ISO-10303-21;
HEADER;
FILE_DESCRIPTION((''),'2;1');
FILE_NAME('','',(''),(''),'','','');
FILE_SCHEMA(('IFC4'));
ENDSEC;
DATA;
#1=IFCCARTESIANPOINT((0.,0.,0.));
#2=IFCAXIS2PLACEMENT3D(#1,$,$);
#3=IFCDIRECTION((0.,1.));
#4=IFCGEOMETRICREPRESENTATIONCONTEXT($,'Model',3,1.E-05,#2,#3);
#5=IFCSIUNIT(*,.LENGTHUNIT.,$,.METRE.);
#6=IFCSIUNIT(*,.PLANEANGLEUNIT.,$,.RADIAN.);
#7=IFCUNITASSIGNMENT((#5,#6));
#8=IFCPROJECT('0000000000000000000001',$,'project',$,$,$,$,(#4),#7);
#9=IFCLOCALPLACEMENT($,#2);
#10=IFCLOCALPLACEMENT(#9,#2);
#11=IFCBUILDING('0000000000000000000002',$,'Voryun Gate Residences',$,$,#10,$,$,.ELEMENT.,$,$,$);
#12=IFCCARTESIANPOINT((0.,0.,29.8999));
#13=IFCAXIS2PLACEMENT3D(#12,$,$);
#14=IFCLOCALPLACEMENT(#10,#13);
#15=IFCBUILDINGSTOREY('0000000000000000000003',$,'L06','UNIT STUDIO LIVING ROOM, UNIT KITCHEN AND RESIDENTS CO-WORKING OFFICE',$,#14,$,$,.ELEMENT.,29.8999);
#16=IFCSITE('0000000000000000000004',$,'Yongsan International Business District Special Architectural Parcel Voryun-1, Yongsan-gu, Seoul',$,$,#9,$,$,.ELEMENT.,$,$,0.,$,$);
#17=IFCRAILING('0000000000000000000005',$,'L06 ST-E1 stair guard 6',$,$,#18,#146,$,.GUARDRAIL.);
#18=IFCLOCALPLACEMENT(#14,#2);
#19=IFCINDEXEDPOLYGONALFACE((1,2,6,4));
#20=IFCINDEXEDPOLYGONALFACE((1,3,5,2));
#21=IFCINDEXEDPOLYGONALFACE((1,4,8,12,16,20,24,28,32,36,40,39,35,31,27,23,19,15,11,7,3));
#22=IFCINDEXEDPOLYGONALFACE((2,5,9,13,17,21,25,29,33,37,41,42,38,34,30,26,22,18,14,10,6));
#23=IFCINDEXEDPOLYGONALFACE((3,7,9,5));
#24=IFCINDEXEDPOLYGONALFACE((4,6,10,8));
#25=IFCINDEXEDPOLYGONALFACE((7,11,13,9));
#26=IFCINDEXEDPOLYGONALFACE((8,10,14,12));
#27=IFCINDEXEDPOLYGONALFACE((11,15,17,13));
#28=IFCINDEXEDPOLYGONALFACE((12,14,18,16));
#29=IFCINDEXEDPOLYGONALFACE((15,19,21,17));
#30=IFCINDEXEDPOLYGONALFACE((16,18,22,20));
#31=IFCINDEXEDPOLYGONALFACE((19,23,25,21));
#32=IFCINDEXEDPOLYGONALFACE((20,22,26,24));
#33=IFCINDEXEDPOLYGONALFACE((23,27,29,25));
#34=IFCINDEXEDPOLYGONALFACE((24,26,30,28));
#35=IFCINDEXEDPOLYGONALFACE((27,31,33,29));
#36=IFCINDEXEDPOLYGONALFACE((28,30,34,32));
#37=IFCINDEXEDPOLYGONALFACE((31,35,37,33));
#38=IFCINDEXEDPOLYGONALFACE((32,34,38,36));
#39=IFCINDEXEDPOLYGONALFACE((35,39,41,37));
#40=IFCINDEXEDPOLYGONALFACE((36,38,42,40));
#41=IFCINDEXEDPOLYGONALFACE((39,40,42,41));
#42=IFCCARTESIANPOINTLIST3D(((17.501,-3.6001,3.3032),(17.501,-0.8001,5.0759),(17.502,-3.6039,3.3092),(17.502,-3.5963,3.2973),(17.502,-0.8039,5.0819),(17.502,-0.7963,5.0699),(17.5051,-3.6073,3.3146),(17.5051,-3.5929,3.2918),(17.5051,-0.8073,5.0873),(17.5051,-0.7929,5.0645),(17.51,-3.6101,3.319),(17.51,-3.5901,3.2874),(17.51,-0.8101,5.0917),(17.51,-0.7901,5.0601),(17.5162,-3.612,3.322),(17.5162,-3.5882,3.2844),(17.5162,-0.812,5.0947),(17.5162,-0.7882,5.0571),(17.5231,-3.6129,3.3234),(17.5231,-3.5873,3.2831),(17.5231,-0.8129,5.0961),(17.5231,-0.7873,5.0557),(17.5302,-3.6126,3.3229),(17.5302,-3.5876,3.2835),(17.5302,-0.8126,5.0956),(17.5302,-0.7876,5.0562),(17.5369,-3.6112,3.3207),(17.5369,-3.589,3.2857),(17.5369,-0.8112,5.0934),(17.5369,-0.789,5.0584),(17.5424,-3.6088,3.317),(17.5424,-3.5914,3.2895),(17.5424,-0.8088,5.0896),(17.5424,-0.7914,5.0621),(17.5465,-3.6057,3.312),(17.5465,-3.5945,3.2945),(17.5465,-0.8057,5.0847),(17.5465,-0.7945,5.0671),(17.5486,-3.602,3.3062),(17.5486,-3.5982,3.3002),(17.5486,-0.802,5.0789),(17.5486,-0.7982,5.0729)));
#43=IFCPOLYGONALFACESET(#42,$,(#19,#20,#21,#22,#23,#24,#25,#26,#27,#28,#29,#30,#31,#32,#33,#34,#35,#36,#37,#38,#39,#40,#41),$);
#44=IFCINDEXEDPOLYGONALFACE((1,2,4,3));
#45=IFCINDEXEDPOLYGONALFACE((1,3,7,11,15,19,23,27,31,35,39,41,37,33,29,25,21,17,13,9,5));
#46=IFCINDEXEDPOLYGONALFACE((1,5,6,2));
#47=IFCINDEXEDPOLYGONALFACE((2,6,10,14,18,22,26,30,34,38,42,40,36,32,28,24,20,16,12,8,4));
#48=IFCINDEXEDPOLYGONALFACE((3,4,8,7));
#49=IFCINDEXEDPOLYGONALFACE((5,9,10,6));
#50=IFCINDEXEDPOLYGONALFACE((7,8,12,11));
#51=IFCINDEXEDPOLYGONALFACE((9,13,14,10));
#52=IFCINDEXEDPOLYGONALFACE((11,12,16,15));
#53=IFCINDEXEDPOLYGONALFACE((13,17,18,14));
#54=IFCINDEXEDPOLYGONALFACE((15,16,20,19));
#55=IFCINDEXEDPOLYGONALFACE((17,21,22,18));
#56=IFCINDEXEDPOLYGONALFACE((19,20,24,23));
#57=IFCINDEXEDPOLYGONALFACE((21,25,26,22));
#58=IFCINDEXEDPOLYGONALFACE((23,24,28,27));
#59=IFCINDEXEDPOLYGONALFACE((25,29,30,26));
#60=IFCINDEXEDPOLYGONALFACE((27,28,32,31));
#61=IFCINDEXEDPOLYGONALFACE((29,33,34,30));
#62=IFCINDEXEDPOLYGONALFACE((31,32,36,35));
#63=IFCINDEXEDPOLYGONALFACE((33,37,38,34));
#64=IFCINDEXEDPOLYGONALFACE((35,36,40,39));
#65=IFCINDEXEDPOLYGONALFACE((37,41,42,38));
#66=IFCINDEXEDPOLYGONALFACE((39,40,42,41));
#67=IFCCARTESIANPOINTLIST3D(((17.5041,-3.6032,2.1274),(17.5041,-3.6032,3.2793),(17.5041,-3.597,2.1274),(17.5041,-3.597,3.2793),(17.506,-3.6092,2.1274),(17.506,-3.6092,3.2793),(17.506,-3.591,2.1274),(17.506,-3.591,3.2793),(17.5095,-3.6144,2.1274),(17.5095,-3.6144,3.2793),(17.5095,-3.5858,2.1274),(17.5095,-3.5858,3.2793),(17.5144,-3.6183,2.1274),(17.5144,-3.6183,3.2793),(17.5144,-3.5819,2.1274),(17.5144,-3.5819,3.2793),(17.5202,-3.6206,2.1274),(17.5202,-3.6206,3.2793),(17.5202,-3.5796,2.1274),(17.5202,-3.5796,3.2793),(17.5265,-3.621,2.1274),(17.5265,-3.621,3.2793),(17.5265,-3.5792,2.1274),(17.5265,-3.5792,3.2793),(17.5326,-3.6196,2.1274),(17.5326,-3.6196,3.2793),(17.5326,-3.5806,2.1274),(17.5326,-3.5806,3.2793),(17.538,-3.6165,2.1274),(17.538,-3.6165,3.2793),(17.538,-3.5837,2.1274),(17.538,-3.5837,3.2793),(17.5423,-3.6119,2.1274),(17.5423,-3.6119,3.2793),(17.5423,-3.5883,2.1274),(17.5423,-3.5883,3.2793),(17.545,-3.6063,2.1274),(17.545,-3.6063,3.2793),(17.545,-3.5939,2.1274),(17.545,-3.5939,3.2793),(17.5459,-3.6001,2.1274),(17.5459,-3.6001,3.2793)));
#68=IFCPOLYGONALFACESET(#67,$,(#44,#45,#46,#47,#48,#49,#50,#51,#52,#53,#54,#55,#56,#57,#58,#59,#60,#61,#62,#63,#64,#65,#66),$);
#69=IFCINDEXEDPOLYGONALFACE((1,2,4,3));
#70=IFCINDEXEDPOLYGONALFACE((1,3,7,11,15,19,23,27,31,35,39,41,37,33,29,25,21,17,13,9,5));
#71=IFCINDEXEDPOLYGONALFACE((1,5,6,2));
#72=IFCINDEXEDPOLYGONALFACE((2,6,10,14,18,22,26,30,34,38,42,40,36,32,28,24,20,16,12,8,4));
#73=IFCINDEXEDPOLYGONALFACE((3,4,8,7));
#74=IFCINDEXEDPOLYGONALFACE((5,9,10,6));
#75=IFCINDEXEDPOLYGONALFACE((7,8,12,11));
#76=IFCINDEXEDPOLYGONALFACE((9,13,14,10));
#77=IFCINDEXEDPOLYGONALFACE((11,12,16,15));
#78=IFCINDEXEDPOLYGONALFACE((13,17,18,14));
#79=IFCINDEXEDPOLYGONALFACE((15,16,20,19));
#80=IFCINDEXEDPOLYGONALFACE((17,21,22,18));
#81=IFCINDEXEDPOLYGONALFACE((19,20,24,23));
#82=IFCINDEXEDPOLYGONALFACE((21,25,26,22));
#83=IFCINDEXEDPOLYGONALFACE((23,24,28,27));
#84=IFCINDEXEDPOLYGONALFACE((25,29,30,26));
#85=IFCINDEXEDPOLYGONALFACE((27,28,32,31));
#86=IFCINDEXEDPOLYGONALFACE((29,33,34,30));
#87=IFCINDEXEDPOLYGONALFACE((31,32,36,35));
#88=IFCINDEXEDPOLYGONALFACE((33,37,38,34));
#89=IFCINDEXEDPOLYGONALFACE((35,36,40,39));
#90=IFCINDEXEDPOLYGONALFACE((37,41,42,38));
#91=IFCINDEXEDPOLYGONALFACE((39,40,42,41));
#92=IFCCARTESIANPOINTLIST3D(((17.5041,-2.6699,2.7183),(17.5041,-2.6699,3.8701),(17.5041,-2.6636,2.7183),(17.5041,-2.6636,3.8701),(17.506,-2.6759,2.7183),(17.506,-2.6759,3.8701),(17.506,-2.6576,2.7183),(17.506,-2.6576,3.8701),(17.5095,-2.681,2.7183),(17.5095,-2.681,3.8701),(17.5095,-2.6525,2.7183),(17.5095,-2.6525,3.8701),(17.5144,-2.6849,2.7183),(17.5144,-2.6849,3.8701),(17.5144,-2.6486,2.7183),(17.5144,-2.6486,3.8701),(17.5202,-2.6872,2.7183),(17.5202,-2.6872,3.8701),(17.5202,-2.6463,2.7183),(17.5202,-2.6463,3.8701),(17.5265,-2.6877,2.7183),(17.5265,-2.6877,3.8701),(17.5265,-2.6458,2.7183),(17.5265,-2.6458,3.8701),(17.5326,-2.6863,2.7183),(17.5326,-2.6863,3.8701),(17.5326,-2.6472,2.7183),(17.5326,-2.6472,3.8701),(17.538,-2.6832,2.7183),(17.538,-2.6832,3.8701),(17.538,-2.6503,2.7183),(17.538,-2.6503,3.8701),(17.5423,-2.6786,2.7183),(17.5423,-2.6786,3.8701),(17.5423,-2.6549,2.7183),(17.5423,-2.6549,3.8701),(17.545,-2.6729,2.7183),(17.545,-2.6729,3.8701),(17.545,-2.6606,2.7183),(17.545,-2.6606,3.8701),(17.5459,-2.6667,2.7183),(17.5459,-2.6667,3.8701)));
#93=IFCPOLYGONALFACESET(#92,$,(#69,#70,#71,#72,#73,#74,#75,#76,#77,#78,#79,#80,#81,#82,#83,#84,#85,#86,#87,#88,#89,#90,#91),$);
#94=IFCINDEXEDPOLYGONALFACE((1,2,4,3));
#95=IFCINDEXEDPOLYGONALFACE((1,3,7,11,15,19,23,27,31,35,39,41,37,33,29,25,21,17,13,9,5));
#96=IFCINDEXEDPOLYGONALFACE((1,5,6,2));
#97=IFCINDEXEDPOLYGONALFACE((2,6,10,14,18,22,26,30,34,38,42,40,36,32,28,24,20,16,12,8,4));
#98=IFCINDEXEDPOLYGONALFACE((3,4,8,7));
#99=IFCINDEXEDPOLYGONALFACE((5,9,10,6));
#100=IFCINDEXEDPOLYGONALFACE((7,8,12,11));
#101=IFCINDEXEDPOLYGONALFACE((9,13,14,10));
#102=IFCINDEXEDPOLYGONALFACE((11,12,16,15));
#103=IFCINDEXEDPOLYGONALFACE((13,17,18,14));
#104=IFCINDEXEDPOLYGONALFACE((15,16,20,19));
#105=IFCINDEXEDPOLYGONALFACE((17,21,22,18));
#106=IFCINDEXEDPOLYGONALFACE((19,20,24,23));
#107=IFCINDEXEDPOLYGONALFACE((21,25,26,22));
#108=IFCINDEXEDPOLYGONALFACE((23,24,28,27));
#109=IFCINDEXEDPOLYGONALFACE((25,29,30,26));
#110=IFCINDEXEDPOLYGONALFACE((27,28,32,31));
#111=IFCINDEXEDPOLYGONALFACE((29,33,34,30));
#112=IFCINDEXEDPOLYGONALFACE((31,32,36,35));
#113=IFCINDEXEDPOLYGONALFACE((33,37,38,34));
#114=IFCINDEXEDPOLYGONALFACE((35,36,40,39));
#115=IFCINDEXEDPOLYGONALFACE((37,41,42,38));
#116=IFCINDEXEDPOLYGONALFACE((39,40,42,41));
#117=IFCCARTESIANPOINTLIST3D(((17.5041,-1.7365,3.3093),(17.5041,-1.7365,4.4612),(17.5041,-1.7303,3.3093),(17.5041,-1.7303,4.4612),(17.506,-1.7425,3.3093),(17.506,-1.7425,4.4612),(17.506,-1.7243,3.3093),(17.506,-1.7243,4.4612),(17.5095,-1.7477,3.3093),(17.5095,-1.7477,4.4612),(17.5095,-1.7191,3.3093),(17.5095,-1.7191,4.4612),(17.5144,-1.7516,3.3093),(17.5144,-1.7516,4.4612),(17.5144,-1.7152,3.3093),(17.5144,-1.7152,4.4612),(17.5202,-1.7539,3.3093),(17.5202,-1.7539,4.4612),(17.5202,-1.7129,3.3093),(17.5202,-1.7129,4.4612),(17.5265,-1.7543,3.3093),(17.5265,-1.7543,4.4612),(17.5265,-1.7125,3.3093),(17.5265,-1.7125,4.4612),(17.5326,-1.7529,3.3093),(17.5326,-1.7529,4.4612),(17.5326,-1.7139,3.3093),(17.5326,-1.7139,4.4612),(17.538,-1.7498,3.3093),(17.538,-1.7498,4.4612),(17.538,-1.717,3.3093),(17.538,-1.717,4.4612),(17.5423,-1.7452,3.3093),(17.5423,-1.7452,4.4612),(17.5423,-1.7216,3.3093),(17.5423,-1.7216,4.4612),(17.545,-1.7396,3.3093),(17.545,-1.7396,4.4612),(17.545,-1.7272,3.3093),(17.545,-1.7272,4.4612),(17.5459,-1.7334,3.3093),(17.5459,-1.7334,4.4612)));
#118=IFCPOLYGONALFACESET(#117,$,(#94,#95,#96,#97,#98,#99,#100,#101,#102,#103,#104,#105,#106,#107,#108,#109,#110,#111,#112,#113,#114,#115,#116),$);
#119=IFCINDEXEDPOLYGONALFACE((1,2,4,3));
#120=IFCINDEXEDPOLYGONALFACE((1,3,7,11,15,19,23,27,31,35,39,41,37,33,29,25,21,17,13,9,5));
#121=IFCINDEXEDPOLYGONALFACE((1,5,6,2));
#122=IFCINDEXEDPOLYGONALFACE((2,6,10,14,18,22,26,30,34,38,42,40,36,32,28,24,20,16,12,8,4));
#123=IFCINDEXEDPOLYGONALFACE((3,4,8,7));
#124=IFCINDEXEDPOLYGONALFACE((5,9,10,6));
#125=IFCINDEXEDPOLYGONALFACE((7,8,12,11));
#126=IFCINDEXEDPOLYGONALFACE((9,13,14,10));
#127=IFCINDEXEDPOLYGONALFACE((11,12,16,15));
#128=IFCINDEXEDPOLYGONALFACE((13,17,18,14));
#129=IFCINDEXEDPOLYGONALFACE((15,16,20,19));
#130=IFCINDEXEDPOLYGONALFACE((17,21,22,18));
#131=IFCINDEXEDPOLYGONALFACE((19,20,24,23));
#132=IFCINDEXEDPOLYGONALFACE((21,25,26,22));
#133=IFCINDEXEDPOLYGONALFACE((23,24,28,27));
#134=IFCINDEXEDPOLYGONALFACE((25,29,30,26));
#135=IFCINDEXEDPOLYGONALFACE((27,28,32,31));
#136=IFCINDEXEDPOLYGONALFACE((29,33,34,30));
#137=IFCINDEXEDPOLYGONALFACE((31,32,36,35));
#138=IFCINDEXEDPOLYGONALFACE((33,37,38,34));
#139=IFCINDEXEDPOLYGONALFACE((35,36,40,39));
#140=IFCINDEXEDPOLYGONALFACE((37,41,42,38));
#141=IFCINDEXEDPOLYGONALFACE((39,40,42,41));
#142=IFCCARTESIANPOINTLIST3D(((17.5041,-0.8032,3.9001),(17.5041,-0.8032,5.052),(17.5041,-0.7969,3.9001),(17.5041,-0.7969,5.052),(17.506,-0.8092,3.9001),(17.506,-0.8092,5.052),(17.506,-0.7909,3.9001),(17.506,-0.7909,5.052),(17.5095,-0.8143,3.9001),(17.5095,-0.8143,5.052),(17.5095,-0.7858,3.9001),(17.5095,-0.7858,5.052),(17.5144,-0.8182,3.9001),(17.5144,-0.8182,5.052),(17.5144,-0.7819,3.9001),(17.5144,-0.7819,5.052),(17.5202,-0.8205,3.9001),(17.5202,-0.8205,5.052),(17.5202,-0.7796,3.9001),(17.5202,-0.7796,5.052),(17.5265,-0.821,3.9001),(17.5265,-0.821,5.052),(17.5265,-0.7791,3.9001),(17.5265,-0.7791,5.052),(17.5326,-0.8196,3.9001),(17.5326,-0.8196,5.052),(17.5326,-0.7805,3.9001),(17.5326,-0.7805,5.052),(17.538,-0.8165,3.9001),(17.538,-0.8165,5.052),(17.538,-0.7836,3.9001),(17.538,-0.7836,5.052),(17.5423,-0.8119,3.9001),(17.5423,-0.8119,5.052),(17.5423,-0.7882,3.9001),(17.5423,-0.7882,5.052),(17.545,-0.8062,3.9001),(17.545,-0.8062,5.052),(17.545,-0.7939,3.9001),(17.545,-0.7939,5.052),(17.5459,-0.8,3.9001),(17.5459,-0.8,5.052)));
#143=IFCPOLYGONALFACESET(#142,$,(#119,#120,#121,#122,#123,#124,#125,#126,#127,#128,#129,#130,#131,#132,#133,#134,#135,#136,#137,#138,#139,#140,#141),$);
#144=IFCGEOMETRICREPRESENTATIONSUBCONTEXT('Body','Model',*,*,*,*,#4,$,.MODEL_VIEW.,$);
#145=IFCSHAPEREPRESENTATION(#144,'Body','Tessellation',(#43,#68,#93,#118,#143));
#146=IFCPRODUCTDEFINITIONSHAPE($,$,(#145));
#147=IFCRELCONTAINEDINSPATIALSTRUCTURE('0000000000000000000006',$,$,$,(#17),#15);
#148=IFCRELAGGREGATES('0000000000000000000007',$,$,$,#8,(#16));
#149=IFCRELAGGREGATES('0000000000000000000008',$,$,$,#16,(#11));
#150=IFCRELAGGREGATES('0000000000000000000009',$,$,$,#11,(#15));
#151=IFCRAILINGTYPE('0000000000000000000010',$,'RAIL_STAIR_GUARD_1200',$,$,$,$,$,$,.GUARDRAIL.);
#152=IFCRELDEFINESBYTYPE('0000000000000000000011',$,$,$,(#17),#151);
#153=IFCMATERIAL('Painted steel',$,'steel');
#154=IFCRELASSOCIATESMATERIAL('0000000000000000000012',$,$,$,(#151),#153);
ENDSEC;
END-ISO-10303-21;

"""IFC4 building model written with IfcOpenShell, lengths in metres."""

from ifc_helpers import new_model, si_unit, direction, frame, origin, origin_2d, place, context, subcontext, project, spatial, circle, extrude, material, type_object, element, save


model = new_model("IFC4")

# Units and contexts
model_context = context("Model", 3, precision=1e-05, world=origin(), true_north=direction((0.0, 1.0)))
body_context = subcontext(model_context, "Body", "Model", "MODEL_VIEW")
ifc_project = project(units=[si_unit("LENGTHUNIT", "METRE"), si_unit("PLANEANGLEUNIT", "RADIAN")], contexts=[model_context])

# Site, building, storey
site_placement = place(None, origin())
site = spatial("IfcSite", under=ifc_project, at=site_placement, Name="Yongsan International Business District Special Architectural Parcel Voryun-1, Yongsan-gu, Seoul", CompositionType="ELEMENT", RefElevation=0.0)
building_placement = place(site_placement, origin())
building = spatial("IfcBuilding", under=site, at=building_placement, Name="Voryun Gate Residences", CompositionType="ELEMENT")
storey_placement = place(building_placement, frame((0.0, 0.0, 29.8999)))
storey = spatial("IfcBuildingStorey", under=building, at=storey_placement, Name="L06", Description="UNIT STUDIO LIVING ROOM, UNIT KITCHEN AND RESIDENTS CO-WORKING OFFICE", CompositionType="ELEMENT", Elevation=29.8999)

# Railing
ifc_material_1 = material(Name="Painted steel", Category="steel")
railing_type_1 = type_object("IfcRailingType", Name="RAIL_STAIR_GUARD_1200", PredefinedType="GUARDRAIL", material=ifc_material_1)
railing_1_placement = place(storey_placement, frame((17.5249, -3.6001, 2.1274)))
element("IfcRailing", 1, at=railing_1_placement, inside=storey, type_object=railing_type_1, Name="L06 ST-E1 stair guard 6", PredefinedType="GUARDRAIL", context=body_context, shape_type="SweptSolid", body=[
    extrude(circle(Radius=0.0239, at=origin_2d()), frame((0.0, 0.0, 1.1758), z_axis=(0.0, 0.844909, 0.53491), x_axis=(-1.0, 0.0, 0.0)), (0.0, 0.0, 1.0), 3.314),
    extrude(circle(Radius=0.021, at=origin_2d()), origin(), (0.0, 0.0, 1.0), 1.1519),
    extrude(circle(Radius=0.021, at=origin_2d()), frame((0.0, 0.9333, 0.5908)), (0.0, 0.0, 1.0), 1.1519),
    extrude(circle(Radius=0.021, at=origin_2d()), frame((0.0, 1.8667, 1.1819)), (0.0, 0.0, 1.0), 1.1519),
    extrude(circle(Radius=0.021, at=origin_2d()), frame((0.0, 2.8, 1.7727)), (0.0, 0.0, 1.0), 1.1519),
])

save(model, "model.ifc")
